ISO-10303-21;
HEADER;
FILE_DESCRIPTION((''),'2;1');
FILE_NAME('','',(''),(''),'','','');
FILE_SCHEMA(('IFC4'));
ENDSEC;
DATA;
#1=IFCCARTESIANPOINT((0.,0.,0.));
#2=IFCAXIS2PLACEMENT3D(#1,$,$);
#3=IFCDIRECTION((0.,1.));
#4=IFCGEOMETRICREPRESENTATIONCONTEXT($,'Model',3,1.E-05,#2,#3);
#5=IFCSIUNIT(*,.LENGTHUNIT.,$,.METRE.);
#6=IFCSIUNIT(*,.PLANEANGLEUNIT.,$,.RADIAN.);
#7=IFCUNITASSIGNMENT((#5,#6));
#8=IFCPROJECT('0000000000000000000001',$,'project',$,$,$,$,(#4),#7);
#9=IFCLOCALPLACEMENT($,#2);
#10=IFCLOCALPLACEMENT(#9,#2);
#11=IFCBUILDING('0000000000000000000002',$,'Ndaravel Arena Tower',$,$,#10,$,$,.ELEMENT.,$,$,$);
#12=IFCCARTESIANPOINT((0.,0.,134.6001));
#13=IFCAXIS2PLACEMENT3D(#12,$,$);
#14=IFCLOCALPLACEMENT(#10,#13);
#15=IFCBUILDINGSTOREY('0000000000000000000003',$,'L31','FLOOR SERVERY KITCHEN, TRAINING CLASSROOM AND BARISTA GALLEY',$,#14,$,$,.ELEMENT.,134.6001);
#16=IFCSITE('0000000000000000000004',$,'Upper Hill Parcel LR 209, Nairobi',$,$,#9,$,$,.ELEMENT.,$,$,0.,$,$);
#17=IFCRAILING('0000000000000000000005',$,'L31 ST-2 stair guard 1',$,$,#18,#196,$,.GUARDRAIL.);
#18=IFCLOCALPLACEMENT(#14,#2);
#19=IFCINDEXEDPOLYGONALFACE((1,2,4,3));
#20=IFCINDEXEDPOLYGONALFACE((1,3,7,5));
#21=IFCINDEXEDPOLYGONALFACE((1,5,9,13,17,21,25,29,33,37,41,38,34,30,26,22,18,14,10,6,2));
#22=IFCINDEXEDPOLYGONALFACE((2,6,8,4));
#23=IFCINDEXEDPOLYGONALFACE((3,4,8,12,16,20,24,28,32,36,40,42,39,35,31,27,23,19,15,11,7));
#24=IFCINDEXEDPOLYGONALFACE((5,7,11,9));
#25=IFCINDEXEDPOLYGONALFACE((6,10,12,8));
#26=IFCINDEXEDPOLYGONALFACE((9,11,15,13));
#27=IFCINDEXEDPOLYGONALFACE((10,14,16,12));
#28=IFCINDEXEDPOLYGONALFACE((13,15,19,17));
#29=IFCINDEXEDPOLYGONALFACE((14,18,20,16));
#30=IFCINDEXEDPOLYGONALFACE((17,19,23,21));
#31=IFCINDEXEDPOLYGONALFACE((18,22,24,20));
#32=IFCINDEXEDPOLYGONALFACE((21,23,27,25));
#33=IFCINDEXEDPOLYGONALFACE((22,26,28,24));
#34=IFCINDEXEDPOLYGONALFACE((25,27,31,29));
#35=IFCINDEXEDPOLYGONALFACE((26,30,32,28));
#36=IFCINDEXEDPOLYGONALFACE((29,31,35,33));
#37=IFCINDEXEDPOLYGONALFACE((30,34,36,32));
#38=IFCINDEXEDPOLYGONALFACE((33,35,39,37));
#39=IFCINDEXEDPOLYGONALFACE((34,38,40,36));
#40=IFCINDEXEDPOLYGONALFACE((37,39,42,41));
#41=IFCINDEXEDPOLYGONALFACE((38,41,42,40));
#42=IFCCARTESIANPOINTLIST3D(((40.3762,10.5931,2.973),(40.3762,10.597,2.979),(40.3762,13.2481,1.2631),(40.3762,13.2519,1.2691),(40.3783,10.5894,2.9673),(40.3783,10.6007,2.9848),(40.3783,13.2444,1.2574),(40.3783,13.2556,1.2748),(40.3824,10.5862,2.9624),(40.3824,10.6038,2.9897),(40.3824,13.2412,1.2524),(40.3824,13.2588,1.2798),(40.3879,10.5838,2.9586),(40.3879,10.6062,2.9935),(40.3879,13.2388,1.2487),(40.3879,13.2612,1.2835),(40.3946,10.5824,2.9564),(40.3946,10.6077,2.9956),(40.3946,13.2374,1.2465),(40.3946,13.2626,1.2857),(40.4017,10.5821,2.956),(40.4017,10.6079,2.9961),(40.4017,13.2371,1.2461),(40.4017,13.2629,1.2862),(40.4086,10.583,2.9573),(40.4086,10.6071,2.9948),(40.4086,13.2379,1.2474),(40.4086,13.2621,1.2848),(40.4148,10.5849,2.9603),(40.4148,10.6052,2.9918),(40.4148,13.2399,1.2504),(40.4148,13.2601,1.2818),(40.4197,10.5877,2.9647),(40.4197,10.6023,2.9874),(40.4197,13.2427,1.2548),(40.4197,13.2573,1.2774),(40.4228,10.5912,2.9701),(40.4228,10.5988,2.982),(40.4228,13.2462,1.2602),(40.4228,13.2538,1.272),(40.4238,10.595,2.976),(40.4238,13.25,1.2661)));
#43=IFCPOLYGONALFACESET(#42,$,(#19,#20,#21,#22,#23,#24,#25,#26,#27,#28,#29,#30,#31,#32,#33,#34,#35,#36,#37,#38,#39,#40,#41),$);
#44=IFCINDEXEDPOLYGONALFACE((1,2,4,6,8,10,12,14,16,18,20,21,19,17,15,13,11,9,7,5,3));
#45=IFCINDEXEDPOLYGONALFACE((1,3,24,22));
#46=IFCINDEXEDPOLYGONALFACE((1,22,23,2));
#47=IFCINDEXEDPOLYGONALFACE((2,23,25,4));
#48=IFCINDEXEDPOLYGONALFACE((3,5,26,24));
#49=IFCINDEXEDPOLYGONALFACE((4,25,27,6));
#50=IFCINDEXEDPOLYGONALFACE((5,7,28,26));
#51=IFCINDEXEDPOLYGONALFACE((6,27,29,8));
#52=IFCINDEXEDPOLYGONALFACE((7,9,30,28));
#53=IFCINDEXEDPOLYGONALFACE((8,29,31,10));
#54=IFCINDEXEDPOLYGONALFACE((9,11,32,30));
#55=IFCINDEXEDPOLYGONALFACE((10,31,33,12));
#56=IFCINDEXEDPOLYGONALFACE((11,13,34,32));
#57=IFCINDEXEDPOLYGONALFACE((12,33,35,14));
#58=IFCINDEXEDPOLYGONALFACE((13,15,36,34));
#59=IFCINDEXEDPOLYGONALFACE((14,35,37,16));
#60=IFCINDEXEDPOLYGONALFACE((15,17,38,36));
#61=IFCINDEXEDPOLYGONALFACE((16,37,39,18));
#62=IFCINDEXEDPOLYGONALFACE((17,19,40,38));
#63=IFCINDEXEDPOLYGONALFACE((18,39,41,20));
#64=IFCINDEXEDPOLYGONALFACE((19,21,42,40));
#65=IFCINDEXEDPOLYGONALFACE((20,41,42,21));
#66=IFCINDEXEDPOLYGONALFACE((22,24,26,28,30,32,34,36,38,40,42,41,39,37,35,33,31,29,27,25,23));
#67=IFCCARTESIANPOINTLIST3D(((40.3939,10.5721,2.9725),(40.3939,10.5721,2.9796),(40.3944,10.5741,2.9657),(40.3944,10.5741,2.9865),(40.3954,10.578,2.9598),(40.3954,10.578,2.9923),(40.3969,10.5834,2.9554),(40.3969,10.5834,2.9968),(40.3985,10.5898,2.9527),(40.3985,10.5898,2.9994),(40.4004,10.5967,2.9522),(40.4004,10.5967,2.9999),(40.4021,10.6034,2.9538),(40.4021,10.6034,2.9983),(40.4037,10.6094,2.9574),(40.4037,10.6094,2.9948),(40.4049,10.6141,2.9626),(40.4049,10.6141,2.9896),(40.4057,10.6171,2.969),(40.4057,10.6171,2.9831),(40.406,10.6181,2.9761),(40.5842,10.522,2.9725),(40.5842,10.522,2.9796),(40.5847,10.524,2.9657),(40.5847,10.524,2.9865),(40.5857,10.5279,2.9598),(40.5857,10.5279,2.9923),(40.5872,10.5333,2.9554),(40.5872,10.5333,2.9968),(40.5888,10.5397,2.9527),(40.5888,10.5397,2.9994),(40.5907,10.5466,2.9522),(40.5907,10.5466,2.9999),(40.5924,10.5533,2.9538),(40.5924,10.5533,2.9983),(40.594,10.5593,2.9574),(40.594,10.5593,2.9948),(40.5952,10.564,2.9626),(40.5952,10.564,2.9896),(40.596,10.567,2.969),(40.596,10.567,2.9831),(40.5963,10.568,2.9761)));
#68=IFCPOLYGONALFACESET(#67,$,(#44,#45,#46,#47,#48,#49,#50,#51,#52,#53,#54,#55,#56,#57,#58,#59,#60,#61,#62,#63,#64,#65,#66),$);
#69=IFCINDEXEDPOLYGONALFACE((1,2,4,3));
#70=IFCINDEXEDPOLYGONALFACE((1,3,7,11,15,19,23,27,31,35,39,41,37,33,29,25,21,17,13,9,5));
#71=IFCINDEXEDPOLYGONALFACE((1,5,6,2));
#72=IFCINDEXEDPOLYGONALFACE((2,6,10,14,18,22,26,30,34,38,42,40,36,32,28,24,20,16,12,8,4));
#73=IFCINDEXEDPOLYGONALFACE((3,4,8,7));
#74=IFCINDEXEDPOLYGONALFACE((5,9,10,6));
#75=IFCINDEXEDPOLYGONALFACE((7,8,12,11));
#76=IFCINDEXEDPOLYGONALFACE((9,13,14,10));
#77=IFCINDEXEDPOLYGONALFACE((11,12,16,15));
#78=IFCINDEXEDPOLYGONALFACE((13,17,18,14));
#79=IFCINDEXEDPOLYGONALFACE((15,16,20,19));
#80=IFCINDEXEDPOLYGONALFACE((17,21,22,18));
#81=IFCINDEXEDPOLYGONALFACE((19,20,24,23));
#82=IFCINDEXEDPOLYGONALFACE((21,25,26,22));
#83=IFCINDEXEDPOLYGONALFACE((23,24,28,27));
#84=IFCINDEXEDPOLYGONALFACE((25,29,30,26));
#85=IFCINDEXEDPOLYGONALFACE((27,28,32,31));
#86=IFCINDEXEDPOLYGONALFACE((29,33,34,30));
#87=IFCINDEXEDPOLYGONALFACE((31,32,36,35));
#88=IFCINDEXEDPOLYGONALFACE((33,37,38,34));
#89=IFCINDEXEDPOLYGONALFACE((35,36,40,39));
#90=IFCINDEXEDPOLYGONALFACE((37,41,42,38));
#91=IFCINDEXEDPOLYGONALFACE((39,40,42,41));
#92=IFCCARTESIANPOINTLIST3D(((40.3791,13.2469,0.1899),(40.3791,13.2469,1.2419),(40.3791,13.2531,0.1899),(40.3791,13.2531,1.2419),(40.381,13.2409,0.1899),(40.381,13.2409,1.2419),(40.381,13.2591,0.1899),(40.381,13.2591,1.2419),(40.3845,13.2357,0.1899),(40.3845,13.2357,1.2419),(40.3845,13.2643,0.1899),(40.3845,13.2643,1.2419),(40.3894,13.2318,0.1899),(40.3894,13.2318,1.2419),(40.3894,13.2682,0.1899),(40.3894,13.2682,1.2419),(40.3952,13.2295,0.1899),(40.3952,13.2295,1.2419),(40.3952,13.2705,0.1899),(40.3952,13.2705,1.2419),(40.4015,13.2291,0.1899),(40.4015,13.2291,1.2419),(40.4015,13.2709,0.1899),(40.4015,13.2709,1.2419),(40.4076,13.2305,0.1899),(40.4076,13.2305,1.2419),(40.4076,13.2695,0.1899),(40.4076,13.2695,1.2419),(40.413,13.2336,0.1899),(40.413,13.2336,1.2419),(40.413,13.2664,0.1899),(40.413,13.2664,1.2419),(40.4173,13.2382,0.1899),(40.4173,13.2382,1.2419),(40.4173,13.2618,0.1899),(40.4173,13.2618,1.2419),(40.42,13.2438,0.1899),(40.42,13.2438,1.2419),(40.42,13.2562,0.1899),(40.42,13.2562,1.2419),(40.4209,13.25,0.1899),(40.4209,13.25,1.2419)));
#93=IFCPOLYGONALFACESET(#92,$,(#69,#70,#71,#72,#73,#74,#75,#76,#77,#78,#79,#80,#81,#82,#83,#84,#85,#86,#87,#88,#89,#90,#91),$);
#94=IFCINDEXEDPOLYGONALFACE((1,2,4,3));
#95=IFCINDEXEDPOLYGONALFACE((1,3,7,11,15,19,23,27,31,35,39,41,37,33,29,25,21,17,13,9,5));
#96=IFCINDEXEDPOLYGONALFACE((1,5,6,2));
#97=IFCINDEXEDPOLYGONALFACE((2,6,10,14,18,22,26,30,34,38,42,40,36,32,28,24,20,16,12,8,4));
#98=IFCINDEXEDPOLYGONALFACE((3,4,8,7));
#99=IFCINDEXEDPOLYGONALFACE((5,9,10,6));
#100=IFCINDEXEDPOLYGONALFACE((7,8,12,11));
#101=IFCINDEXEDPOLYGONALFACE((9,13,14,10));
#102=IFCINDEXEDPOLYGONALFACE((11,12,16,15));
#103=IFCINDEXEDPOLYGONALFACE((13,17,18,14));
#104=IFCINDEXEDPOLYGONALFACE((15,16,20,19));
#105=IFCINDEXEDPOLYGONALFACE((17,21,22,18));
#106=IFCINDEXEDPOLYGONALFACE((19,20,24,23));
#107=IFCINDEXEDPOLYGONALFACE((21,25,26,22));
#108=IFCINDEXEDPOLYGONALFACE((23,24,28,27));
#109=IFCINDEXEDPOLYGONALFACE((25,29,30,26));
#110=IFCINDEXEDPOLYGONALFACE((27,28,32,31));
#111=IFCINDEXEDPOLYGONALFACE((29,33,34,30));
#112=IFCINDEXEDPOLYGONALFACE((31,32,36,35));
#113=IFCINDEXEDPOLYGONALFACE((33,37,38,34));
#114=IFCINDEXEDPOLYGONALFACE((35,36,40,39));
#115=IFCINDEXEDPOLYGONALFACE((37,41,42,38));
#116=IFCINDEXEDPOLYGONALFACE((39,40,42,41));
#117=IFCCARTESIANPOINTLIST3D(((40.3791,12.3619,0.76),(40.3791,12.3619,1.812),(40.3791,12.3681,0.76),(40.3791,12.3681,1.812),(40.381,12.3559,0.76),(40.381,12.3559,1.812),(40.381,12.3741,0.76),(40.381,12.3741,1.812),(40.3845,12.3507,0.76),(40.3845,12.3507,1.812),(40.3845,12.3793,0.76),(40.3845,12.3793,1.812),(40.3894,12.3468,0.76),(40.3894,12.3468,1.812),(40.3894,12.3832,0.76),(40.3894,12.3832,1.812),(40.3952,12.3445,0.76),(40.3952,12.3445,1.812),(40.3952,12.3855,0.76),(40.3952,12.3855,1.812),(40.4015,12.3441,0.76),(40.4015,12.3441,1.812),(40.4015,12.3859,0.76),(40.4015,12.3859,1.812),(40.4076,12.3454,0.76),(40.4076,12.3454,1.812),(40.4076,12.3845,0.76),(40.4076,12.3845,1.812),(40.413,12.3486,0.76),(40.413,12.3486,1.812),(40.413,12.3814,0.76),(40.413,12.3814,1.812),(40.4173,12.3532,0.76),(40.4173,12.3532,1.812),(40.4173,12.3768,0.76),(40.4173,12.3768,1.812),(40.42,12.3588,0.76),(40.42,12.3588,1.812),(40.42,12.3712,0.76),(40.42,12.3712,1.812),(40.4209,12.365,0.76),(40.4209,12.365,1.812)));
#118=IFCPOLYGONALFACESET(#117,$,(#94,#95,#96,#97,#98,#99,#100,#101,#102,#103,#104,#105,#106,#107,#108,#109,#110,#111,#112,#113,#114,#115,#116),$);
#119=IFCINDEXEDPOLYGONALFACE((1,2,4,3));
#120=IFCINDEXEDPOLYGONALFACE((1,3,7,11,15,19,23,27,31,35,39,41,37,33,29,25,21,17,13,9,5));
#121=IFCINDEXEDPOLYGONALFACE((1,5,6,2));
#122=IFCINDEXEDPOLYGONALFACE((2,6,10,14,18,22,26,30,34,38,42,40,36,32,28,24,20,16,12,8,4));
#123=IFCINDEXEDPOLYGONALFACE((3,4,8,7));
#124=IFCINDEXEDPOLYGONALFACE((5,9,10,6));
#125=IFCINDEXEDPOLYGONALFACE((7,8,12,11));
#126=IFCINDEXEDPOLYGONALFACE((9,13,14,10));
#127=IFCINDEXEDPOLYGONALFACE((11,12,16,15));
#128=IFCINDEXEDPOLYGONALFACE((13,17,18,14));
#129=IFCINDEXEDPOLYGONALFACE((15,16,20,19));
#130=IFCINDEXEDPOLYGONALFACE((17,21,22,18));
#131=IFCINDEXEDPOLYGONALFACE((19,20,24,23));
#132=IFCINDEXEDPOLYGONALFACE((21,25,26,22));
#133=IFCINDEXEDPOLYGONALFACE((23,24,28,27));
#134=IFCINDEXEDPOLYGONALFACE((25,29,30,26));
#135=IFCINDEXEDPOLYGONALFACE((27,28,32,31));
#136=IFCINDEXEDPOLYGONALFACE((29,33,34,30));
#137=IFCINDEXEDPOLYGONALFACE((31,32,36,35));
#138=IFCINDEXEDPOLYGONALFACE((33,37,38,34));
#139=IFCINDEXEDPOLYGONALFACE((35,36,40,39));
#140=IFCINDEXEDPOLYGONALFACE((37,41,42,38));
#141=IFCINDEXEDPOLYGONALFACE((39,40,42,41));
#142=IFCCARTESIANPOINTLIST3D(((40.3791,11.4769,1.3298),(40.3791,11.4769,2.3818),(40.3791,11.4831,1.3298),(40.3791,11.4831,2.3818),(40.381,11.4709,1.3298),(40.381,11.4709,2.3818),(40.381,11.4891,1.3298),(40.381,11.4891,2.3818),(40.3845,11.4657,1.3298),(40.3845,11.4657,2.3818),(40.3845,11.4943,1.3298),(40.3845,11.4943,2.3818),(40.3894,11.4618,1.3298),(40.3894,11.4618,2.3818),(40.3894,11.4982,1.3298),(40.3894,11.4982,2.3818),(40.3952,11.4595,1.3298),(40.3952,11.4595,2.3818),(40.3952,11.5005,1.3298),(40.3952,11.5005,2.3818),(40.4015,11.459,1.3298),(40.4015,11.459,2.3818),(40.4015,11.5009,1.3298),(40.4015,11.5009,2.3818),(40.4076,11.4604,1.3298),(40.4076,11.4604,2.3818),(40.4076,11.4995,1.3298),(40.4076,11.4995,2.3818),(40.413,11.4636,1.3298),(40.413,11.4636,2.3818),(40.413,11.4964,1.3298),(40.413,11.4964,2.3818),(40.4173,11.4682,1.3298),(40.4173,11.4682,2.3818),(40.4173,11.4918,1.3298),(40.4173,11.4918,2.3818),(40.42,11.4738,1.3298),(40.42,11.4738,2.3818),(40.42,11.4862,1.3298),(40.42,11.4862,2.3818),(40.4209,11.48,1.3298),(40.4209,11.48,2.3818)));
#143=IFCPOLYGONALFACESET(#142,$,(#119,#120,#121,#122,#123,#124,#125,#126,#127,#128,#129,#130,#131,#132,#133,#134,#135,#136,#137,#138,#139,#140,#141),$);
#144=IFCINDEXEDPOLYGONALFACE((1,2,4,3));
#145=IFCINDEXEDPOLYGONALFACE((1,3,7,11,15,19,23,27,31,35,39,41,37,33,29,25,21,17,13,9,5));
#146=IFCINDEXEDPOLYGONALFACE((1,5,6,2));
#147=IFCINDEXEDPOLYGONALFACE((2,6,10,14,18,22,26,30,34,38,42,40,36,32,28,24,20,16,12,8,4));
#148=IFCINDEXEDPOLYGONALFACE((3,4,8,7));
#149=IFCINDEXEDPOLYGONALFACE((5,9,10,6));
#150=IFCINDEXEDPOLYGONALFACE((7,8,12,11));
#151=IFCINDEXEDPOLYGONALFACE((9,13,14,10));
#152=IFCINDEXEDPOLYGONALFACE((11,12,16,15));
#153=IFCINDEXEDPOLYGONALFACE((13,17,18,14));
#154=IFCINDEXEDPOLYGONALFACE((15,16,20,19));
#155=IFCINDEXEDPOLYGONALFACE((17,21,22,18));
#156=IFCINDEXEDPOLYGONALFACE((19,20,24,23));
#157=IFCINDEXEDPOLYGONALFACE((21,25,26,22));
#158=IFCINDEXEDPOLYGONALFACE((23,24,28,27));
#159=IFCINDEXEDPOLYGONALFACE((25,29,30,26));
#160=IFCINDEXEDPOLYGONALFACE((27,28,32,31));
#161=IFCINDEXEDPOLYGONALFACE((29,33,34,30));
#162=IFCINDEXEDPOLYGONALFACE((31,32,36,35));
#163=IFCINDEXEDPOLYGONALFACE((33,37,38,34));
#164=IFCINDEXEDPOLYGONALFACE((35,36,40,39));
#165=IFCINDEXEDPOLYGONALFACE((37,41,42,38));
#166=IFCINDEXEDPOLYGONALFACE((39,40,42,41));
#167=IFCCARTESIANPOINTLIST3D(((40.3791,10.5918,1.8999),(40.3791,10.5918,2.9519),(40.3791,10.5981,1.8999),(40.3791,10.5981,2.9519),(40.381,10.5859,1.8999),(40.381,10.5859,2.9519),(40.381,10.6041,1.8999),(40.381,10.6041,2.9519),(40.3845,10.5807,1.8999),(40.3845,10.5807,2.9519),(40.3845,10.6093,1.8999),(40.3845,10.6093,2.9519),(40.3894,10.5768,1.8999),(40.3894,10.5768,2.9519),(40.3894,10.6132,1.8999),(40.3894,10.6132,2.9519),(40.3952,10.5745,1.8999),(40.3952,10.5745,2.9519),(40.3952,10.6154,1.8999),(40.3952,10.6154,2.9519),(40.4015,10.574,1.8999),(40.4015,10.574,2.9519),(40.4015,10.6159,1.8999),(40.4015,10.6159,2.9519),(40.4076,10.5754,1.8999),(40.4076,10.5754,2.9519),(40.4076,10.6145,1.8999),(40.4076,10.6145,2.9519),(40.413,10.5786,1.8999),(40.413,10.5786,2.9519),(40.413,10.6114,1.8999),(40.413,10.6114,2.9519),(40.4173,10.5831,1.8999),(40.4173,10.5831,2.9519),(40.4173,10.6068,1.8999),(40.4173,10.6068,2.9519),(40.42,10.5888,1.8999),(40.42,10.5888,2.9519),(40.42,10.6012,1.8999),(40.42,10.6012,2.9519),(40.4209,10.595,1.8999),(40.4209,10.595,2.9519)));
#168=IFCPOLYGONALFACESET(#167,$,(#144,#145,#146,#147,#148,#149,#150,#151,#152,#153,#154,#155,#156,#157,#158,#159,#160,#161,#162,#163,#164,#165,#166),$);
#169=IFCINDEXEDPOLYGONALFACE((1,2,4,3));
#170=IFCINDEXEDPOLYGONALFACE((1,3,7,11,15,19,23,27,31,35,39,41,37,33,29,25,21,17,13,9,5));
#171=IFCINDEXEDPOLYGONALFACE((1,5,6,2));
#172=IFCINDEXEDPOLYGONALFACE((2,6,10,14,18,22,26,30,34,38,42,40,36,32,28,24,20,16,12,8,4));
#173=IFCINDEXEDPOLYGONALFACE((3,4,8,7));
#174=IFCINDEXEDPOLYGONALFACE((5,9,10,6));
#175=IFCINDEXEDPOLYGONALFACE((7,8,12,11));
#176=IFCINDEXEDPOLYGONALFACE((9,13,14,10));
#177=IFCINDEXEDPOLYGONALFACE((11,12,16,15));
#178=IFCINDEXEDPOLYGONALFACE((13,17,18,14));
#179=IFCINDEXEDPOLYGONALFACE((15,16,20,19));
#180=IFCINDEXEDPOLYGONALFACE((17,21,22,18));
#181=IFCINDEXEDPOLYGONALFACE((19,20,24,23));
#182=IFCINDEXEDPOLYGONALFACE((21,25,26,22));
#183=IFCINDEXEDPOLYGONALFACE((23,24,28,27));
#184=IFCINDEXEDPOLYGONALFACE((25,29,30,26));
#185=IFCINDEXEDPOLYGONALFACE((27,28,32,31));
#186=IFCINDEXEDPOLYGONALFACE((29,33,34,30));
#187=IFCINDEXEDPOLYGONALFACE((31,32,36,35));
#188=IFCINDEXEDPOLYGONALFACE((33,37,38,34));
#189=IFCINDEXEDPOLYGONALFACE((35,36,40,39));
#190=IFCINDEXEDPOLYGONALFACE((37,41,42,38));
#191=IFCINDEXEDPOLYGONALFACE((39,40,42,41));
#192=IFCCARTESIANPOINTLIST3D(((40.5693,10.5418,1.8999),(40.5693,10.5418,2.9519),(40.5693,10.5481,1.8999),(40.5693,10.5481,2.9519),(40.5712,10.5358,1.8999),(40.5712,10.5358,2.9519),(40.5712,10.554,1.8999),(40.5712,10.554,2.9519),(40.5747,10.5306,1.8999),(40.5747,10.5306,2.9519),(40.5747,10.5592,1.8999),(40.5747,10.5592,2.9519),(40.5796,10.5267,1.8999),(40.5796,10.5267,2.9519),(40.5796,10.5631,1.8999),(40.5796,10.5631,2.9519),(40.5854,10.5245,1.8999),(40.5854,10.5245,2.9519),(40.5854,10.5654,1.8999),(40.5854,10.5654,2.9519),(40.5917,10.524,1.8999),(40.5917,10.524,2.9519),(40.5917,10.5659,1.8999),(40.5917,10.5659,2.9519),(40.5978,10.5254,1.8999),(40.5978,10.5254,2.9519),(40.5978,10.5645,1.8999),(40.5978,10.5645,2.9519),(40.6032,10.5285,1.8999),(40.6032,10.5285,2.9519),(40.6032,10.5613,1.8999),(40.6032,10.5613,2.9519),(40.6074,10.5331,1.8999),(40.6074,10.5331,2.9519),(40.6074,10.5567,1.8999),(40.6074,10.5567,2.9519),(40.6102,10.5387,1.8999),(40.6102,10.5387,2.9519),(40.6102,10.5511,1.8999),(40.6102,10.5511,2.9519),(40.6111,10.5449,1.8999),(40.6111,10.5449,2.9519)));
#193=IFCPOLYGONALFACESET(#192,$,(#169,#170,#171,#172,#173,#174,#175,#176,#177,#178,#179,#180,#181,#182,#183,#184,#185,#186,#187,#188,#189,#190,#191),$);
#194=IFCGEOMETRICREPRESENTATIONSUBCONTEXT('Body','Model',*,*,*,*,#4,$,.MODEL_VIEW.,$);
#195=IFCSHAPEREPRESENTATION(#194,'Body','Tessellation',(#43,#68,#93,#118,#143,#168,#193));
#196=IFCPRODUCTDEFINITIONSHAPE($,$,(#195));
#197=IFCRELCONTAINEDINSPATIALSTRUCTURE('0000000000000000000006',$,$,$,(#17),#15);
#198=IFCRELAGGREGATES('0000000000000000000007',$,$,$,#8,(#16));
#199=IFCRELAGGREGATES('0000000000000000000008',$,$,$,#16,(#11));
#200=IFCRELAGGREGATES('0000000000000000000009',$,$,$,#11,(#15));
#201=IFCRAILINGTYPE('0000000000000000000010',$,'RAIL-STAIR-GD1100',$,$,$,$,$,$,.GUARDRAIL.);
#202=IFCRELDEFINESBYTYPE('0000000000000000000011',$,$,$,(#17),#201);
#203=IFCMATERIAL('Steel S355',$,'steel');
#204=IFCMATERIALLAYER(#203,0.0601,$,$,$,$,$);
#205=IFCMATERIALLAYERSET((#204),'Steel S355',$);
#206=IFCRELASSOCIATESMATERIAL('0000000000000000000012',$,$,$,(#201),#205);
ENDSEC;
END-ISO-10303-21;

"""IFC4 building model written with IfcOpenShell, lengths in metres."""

from ifc_helpers import new_model, si_unit, direction, frame, origin, origin_2d, place, context, subcontext, project, spatial, circle, extrude, material, layer, layer_set, type_object, element, save


model = new_model("IFC4")

# Units and contexts
model_context = context("Model", 3, precision=1e-05, world=origin(), true_north=direction((0.0, 1.0)))
body_context = subcontext(model_context, "Body", "Model", "MODEL_VIEW")
ifc_project = project(units=[si_unit("LENGTHUNIT", "METRE"), si_unit("PLANEANGLEUNIT", "RADIAN")], contexts=[model_context])

# Site, building, storey
site_placement = place(None, origin())
site = spatial("IfcSite", under=ifc_project, at=site_placement, Name="Upper Hill Parcel LR 209, Nairobi", CompositionType="ELEMENT", RefElevation=0.0)
building_placement = place(site_placement, origin())
building = spatial("IfcBuilding", under=site, at=building_placement, Name="Ndaravel Arena Tower", CompositionType="ELEMENT")
storey_placement = place(building_placement, frame((0.0, 0.0, 134.6001)))
storey = spatial("IfcBuildingStorey", under=building, at=storey_placement, Name="L31", Description="FLOOR SERVERY KITCHEN, TRAINING CLASSROOM AND BARISTA GALLEY", CompositionType="ELEMENT", Elevation=134.6001)

# Railing
ifc_material_1 = material(Name="Steel S355", Category="steel")
ifc_layer_1 = layer(ifc_material_1, 0.0601)
ifc_layer_set_1 = layer_set([ifc_layer_1], Name="Steel S355")
railing_type_1 = type_object("IfcRailingType", Name="RAIL-STAIR-GD1100", PredefinedType="GUARDRAIL", material=ifc_layer_set_1)
railing_1_placement = place(storey_placement, frame((40.3999, 13.25, 0.1899)))
element("IfcRailing", 1, at=railing_1_placement, inside=storey, type_object=railing_type_1, Name="L31 ST-2 stair guard 1", PredefinedType="GUARDRAIL", context=body_context, shape_type="SweptSolid", body=[
    extrude(circle(Radius=0.0239, at=origin_2d()), frame((0.0, 0.0, 1.0762), z_axis=(0.0, -0.840724, 0.541465), x_axis=(1.0, 0.0, 0.0)), (0.0, 0.0, 1.0), 3.158),
    extrude(circle(Radius=0.0239, at=origin_2d()), frame((0.0, -2.655, 2.7861), z_axis=(0.967075, -0.254493, 0.0), x_axis=(0.254493, 0.967075, 0.0)), (0.0, 0.0, 1.0), 0.1968),
    extrude(circle(Radius=0.021, at=origin_2d()), origin(), (0.0, 0.0, 1.0), 1.052),
    extrude(circle(Radius=0.021, at=origin_2d()), frame((0.0, -0.885, 0.5701)), (0.0, 0.0, 1.0), 1.052),
    extrude(circle(Radius=0.021, at=origin_2d()), frame((0.0, -1.77, 1.1399)), (0.0, 0.0, 1.0), 1.052),
    extrude(circle(Radius=0.021, at=origin_2d()), frame((0.0, -2.655, 1.71)), (0.0, 0.0, 1.0), 1.052),
    extrude(circle(Radius=0.021, at=origin_2d()), frame((0.1902, -2.7051, 1.71)), (0.0, 0.0, 1.0), 1.052),
])

save(model, "model.ifc")
